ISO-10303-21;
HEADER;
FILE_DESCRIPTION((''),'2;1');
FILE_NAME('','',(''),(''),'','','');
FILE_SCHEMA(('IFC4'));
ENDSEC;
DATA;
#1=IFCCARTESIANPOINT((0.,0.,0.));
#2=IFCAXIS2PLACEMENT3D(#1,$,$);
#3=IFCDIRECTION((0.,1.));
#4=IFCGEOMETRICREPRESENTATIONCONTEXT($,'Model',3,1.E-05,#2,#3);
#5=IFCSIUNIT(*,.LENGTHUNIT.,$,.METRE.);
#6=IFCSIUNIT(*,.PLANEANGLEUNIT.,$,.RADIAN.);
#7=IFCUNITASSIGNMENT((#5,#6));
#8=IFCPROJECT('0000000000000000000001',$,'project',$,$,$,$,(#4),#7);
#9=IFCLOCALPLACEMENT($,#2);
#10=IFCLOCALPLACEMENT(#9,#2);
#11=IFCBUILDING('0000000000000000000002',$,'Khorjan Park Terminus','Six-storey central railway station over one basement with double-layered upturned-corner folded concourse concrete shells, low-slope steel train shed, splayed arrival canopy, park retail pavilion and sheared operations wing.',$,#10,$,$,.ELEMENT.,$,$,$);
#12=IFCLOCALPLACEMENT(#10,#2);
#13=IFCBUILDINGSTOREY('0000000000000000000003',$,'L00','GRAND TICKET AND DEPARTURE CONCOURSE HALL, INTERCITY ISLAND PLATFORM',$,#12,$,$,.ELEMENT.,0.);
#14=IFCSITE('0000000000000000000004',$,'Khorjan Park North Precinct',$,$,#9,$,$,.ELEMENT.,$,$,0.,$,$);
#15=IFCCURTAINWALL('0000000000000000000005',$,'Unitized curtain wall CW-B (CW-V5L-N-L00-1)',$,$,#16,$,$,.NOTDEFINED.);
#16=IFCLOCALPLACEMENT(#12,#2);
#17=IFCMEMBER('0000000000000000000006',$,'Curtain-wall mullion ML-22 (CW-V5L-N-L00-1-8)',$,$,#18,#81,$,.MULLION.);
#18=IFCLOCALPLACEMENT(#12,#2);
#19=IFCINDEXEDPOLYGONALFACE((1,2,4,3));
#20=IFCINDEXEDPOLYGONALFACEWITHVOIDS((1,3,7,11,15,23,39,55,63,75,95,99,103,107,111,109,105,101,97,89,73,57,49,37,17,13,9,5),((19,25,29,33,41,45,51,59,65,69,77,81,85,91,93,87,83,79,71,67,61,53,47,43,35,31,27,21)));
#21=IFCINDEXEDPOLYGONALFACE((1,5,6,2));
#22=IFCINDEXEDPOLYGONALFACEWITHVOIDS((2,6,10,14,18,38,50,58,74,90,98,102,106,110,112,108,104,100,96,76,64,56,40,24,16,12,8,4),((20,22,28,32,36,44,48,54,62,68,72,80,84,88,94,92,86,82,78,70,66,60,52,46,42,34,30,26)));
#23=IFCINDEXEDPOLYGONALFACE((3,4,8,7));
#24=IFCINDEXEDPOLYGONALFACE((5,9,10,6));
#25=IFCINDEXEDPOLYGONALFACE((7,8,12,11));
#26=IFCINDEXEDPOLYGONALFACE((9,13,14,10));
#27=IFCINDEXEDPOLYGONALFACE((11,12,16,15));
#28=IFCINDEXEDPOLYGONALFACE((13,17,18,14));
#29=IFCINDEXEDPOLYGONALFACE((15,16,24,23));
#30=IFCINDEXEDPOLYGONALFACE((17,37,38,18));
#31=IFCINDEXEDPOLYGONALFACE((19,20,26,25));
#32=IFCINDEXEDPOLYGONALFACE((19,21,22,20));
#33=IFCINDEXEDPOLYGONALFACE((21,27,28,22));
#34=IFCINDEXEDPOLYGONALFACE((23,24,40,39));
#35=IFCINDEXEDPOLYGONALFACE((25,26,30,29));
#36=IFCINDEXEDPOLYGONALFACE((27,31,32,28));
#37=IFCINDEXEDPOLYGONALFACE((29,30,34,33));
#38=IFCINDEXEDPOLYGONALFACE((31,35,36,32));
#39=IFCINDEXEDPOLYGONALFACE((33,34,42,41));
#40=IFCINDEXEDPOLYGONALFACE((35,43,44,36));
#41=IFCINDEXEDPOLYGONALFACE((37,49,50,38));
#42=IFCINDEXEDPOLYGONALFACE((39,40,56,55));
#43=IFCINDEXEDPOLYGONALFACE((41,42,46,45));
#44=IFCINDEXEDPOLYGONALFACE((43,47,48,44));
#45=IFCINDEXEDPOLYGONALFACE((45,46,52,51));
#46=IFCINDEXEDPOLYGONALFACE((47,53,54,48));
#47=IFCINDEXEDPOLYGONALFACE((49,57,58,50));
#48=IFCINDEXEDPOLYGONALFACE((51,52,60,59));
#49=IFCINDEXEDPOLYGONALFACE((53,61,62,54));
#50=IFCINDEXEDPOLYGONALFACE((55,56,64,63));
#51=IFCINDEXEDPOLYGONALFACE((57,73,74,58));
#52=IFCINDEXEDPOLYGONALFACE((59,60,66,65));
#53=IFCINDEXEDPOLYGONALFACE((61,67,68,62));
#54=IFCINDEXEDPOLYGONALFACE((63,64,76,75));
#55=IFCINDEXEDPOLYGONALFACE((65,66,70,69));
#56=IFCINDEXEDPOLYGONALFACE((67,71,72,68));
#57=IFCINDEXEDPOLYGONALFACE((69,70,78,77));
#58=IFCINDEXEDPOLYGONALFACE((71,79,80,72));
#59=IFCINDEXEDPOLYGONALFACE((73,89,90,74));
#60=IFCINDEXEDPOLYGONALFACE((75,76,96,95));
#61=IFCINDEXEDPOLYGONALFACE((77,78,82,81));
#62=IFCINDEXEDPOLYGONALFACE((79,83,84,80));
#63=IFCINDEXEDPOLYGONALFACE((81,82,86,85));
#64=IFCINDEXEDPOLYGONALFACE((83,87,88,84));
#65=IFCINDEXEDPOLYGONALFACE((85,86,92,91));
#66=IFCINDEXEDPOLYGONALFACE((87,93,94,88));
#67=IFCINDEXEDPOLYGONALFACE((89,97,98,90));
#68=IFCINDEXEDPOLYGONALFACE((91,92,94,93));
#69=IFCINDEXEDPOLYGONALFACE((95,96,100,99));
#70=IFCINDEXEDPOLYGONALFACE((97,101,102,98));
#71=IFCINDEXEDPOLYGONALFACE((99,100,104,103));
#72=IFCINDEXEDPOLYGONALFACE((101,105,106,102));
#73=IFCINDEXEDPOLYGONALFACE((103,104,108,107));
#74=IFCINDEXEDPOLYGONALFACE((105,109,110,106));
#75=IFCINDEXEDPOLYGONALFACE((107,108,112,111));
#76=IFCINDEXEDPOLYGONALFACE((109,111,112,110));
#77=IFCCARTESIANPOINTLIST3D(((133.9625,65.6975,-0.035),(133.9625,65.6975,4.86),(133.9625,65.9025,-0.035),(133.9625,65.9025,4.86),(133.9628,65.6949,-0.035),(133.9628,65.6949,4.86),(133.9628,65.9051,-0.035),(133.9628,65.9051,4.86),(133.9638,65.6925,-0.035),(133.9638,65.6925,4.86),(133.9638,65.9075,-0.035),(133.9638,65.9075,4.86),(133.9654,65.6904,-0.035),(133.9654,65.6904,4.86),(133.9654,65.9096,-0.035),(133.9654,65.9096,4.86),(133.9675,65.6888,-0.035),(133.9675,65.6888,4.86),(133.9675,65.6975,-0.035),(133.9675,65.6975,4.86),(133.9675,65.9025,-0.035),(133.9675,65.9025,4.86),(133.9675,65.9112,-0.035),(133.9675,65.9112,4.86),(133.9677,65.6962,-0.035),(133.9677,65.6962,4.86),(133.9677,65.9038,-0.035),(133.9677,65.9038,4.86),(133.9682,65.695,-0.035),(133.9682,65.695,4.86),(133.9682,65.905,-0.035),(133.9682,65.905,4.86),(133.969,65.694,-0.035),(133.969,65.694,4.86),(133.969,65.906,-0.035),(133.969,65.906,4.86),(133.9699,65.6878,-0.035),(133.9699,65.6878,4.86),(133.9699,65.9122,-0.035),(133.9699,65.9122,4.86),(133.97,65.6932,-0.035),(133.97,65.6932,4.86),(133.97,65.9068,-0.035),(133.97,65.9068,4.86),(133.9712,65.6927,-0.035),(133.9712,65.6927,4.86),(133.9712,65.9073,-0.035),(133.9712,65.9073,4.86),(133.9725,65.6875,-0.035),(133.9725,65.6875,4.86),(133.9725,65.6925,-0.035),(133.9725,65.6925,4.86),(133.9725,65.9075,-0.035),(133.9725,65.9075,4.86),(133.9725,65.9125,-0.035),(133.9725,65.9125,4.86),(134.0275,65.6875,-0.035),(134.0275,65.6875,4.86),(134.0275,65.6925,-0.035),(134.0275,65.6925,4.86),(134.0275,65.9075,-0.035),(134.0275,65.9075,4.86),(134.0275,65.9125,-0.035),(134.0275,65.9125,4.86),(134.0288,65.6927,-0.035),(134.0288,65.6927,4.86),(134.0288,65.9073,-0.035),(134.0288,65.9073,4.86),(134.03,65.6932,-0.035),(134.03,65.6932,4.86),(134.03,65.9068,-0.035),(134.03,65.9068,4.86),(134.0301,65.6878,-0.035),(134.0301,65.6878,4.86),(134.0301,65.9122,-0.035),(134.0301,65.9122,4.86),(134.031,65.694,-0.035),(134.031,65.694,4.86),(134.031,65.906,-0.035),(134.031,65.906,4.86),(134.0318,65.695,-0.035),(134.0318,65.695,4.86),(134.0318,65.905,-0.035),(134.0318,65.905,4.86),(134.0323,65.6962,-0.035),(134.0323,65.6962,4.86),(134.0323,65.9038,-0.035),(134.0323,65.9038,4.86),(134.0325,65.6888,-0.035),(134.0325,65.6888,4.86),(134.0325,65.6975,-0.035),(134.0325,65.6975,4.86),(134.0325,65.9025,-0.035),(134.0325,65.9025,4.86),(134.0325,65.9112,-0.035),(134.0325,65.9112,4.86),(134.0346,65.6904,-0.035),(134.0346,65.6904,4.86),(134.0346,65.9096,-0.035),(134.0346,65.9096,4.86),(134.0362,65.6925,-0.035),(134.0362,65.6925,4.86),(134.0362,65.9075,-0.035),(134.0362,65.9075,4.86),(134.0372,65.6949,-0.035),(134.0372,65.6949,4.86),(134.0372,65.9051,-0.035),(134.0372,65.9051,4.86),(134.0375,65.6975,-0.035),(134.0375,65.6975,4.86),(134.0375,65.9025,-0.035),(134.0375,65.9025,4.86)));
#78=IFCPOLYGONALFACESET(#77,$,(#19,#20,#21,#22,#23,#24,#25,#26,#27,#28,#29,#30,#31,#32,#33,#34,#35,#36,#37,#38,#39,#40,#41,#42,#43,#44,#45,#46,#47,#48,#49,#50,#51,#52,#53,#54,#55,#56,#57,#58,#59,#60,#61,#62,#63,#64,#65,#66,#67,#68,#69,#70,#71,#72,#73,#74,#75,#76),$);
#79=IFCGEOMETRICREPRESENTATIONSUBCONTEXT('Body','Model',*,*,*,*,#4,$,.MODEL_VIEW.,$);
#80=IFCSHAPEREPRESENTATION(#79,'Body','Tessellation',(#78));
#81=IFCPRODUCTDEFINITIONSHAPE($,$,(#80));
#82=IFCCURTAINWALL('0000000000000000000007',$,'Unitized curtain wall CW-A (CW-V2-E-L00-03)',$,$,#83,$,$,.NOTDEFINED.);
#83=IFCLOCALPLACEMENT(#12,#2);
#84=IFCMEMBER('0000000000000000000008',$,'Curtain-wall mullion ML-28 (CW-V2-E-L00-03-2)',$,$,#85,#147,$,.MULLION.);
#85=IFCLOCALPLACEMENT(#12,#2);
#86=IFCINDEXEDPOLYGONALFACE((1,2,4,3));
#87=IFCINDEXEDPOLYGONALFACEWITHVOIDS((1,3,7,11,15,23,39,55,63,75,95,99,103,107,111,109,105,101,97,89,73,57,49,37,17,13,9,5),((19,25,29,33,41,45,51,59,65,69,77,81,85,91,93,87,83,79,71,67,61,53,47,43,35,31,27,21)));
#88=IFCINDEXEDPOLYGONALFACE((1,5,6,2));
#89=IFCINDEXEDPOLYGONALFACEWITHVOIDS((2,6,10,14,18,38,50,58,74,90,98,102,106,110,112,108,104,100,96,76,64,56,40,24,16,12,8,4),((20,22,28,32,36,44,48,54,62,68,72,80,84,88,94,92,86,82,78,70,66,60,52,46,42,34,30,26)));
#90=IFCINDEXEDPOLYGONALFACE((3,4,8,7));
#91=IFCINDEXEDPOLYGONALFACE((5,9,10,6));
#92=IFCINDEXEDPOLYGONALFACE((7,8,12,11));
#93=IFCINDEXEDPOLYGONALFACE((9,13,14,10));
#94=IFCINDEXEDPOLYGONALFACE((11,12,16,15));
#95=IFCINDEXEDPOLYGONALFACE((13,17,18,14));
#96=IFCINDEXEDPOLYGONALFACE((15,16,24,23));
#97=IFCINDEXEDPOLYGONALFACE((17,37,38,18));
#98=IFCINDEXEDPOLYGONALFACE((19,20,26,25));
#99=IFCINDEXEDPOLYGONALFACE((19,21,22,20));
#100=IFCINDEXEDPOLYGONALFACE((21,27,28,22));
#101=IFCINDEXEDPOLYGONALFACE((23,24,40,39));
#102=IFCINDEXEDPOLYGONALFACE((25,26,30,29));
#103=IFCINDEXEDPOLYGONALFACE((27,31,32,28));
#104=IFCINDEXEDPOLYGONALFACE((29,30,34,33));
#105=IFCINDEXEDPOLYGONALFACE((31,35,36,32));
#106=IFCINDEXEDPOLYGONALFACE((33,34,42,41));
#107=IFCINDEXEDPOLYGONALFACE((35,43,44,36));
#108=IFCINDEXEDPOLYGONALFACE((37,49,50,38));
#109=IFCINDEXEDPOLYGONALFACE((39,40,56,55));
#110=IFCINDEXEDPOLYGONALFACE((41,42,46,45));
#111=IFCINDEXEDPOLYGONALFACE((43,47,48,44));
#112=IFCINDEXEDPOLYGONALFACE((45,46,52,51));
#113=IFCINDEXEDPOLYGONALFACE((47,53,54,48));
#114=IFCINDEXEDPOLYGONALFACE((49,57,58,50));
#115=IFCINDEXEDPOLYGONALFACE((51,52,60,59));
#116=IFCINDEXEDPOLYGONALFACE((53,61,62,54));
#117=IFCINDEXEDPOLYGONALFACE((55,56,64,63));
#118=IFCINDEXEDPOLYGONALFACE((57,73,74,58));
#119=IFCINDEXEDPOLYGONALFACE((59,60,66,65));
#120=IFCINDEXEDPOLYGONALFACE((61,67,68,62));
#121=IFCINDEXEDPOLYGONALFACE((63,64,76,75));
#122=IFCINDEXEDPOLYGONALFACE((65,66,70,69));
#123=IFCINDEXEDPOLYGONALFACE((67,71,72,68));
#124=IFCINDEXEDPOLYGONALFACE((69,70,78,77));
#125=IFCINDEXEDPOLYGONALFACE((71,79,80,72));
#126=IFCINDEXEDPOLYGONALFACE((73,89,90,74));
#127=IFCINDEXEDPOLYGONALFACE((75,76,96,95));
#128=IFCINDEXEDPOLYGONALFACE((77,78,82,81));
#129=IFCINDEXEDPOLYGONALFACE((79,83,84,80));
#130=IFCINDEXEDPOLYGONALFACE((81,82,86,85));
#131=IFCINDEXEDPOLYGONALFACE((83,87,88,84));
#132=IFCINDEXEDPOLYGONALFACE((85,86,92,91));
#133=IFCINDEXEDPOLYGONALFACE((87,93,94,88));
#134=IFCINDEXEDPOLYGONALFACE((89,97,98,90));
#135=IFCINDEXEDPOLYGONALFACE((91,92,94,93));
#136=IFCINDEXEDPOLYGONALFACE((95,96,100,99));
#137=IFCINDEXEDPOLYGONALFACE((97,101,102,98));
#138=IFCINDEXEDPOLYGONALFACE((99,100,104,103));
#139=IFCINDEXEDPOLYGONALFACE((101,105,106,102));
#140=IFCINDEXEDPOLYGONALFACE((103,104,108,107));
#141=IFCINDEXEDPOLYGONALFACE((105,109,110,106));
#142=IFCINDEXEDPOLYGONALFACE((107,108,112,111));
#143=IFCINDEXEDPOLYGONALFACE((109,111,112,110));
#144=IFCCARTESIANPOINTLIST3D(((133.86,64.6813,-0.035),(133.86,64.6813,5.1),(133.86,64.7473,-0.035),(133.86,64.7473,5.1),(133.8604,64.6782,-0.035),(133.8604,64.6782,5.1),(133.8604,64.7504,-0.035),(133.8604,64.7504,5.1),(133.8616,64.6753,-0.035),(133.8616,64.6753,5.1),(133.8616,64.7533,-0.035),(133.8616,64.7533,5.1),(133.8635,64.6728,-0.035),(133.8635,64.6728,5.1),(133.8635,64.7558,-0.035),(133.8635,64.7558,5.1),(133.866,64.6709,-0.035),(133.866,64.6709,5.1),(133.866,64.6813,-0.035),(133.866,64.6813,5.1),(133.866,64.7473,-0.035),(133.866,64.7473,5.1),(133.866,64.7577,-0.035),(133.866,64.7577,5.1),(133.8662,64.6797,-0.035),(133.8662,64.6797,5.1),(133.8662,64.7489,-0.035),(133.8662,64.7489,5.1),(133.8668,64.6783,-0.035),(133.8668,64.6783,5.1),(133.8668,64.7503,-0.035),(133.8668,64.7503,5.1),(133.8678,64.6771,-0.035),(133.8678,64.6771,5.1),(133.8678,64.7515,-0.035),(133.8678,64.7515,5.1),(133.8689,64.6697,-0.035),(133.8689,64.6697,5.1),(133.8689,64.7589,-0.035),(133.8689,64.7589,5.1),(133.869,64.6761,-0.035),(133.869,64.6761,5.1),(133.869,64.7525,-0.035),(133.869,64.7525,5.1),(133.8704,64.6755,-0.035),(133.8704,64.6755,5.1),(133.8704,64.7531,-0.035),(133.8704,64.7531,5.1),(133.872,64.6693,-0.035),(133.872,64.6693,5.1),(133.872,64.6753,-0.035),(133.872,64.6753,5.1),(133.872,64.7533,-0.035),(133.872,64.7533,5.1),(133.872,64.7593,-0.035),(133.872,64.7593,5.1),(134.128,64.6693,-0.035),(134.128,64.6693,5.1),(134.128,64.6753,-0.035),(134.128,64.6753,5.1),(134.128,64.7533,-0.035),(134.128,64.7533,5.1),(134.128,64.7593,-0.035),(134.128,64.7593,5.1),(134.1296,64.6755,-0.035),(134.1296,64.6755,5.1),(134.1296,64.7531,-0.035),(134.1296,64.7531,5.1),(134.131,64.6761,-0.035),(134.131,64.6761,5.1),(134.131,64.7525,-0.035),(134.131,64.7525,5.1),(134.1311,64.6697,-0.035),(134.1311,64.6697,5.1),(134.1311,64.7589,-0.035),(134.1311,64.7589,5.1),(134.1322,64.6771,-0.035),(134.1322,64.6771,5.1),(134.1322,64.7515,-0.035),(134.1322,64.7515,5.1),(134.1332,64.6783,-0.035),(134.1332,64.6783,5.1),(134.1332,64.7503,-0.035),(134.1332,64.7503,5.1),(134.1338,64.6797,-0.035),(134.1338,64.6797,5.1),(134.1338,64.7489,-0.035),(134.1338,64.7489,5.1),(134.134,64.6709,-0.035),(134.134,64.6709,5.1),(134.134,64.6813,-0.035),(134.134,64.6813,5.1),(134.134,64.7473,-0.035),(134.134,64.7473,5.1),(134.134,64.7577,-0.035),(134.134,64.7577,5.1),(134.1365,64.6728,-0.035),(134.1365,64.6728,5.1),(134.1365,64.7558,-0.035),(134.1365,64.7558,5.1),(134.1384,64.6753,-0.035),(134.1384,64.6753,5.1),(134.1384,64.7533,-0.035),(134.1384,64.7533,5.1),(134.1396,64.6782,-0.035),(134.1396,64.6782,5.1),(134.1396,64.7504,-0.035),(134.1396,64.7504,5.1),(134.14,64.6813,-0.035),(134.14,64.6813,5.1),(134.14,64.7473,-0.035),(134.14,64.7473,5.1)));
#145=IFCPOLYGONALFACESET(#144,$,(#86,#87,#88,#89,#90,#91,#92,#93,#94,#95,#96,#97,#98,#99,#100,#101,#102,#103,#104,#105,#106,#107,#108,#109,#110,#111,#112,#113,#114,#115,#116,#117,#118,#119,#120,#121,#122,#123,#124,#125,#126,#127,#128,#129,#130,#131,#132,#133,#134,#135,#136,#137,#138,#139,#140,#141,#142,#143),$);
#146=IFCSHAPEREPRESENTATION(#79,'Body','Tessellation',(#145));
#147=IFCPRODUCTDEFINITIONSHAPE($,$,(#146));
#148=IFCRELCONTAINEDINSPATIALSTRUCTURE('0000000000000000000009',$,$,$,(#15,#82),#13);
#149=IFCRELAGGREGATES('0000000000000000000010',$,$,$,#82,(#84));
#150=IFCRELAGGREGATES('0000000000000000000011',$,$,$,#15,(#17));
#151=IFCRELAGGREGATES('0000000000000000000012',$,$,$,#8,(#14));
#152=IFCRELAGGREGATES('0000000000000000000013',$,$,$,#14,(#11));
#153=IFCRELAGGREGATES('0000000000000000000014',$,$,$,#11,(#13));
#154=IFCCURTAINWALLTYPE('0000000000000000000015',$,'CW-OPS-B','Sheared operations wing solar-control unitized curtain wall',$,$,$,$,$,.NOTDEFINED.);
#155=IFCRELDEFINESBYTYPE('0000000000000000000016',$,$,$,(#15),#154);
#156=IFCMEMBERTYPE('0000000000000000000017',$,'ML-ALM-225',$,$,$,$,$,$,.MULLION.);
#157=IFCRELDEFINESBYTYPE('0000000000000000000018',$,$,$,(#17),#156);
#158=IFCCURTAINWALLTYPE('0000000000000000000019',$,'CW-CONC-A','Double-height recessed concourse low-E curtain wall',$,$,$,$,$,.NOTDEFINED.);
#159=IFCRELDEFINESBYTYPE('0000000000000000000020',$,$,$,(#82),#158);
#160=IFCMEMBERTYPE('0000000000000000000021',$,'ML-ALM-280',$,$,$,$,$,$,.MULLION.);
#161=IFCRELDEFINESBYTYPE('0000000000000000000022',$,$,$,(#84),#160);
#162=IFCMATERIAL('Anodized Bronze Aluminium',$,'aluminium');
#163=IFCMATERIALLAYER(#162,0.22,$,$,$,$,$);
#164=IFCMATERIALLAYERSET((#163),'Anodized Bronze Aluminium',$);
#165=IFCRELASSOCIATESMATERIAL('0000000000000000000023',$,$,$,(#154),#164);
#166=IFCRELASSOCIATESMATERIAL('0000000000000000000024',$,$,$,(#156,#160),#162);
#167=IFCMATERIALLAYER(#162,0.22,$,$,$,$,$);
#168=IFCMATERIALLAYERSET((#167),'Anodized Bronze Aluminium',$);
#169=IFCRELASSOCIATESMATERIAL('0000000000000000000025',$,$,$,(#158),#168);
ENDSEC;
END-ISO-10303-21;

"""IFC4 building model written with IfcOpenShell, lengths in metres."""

from ifc_helpers import new_model, si_unit, direction, frame, origin, origin_2d, place, context, subcontext, project, spatial, hollow_rectangle, extrude, material, layer, layer_set, material_profile, profile_set, type_object, element, aggregate, save


model = new_model("IFC4")

# Units and contexts
model_context = context("Model", 3, precision=1e-05, world=origin(), true_north=direction((0.0, 1.0)))
body_context = subcontext(model_context, "Body", "Model", "MODEL_VIEW")
ifc_project = project(units=[si_unit("LENGTHUNIT", "METRE"), si_unit("PLANEANGLEUNIT", "RADIAN")], contexts=[model_context])

# Site, building, storey
site_placement = place(None, origin())
site = spatial("IfcSite", under=ifc_project, at=site_placement, Name="Khorjan Park North Precinct", CompositionType="ELEMENT", RefElevation=0.0)
building_placement = place(site_placement, origin())
building = spatial("IfcBuilding", under=site, at=building_placement, Name="Khorjan Park Terminus", Description="Six-storey central railway station over one basement with double-layered upturned-corner folded concourse concrete shells, low-slope steel train shed, splayed arrival canopy, park retail pavilion and sheared operations wing.", CompositionType="ELEMENT")
storey_placement = place(building_placement, origin())
storey = spatial("IfcBuildingStorey", under=building, at=storey_placement, Name="L00", Description="GRAND TICKET AND DEPARTURE CONCOURSE HALL, INTERCITY ISLAND PLATFORM", CompositionType="ELEMENT", Elevation=0.0)

# Curtain wall, member
ifc_material_1 = material(Name="Anodized Bronze Aluminium", Category="aluminium")
ifc_layer_1 = layer(ifc_material_1, 0.22)
ifc_layer_set_1 = layer_set([ifc_layer_1], Name="Anodized Bronze Aluminium")
curtain_wall_type_1 = type_object("IfcCurtainWallType", Name="CW-OPS-B", Description="Sheared operations wing solar-control unitized curtain wall", PredefinedType="NOTDEFINED", material=ifc_layer_set_1)
curtain_wall_1_placement = place(storey_placement, origin())
curtain_wall_1 = element("IfcCurtainWall", 1, at=curtain_wall_1_placement, inside=storey, type_object=curtain_wall_type_1, Name="Unitized curtain wall CW-B (CW-V5L-N-L00-1)", PredefinedType="NOTDEFINED")
ifc_material_profile_1 = material_profile(ifc_material_1, hollow_rectangle(XDim=0.075, YDim=0.225, WallThickness=0.005, InnerFilletRadius=0.005, OuterFilletRadius=0.01, at=origin_2d()), Name="ALM 75x225x5")
ifc_profile_set_1 = profile_set([ifc_material_profile_1], Name="Anodized Bronze Aluminium")
member_type_1 = type_object("IfcMemberType", Name="ML-ALM-225", PredefinedType="MULLION", material=ifc_profile_set_1)
member_1_placement = place(storey_placement, frame((134.0, 65.8, -0.035), z_axis=(0.0, 0.0, 1.0), x_axis=(-1.0, 0.0, 0.0)))
member_1 = element("IfcMember", 2, at=member_1_placement, type_object=member_type_1, Name="Curtain-wall mullion ML-22 (CW-V5L-N-L00-1-8)", PredefinedType="MULLION", context=body_context, shape_type="SweptSolid", body=[
    extrude(hollow_rectangle(XDim=0.075, YDim=0.225, WallThickness=0.005, InnerFilletRadius=0.005, OuterFilletRadius=0.01, at=origin_2d()), origin(), (0.0, 0.0, 1.0), 4.895),
])

# Curtain wall, member
ifc_layer_2 = layer(ifc_material_1, 0.22)
ifc_layer_set_2 = layer_set([ifc_layer_2], Name="Anodized Bronze Aluminium")
curtain_wall_type_2 = type_object("IfcCurtainWallType", Name="CW-CONC-A", Description="Double-height recessed concourse low-E curtain wall", PredefinedType="NOTDEFINED", material=ifc_layer_set_2)
curtain_wall_2_placement = place(storey_placement, origin())
curtain_wall_2 = element("IfcCurtainWall", 3, at=curtain_wall_2_placement, inside=storey, type_object=curtain_wall_type_2, Name="Unitized curtain wall CW-A (CW-V2-E-L00-03)", PredefinedType="NOTDEFINED")
ifc_material_profile_2 = material_profile(ifc_material_1, hollow_rectangle(XDim=0.09, YDim=0.28, WallThickness=0.006, InnerFilletRadius=0.006, OuterFilletRadius=0.012, at=origin_2d()), Name="ALM 90x280x6")
ifc_profile_set_2 = profile_set([ifc_material_profile_2], Name="Anodized Bronze Aluminium")
member_type_2 = type_object("IfcMemberType", Name="ML-ALM-280", PredefinedType="MULLION", material=ifc_profile_set_2)
member_2_placement = place(storey_placement, frame((134.0, 64.7143, -0.035), z_axis=(0.0, 0.0, 1.0), x_axis=(0.0, 1.0, 0.0)))
member_2 = element("IfcMember", 4, at=member_2_placement, type_object=member_type_2, Name="Curtain-wall mullion ML-28 (CW-V2-E-L00-03-2)", PredefinedType="MULLION", context=body_context, shape_type="SweptSolid", body=[
    extrude(hollow_rectangle(XDim=0.09, YDim=0.28, WallThickness=0.006, InnerFilletRadius=0.006, OuterFilletRadius=0.012, at=origin_2d()), origin(), (0.0, 0.0, 1.0), 5.135),
])

aggregate(curtain_wall_2, [member_2])
aggregate(curtain_wall_1, [member_1])

save(model, "model.ifc")
